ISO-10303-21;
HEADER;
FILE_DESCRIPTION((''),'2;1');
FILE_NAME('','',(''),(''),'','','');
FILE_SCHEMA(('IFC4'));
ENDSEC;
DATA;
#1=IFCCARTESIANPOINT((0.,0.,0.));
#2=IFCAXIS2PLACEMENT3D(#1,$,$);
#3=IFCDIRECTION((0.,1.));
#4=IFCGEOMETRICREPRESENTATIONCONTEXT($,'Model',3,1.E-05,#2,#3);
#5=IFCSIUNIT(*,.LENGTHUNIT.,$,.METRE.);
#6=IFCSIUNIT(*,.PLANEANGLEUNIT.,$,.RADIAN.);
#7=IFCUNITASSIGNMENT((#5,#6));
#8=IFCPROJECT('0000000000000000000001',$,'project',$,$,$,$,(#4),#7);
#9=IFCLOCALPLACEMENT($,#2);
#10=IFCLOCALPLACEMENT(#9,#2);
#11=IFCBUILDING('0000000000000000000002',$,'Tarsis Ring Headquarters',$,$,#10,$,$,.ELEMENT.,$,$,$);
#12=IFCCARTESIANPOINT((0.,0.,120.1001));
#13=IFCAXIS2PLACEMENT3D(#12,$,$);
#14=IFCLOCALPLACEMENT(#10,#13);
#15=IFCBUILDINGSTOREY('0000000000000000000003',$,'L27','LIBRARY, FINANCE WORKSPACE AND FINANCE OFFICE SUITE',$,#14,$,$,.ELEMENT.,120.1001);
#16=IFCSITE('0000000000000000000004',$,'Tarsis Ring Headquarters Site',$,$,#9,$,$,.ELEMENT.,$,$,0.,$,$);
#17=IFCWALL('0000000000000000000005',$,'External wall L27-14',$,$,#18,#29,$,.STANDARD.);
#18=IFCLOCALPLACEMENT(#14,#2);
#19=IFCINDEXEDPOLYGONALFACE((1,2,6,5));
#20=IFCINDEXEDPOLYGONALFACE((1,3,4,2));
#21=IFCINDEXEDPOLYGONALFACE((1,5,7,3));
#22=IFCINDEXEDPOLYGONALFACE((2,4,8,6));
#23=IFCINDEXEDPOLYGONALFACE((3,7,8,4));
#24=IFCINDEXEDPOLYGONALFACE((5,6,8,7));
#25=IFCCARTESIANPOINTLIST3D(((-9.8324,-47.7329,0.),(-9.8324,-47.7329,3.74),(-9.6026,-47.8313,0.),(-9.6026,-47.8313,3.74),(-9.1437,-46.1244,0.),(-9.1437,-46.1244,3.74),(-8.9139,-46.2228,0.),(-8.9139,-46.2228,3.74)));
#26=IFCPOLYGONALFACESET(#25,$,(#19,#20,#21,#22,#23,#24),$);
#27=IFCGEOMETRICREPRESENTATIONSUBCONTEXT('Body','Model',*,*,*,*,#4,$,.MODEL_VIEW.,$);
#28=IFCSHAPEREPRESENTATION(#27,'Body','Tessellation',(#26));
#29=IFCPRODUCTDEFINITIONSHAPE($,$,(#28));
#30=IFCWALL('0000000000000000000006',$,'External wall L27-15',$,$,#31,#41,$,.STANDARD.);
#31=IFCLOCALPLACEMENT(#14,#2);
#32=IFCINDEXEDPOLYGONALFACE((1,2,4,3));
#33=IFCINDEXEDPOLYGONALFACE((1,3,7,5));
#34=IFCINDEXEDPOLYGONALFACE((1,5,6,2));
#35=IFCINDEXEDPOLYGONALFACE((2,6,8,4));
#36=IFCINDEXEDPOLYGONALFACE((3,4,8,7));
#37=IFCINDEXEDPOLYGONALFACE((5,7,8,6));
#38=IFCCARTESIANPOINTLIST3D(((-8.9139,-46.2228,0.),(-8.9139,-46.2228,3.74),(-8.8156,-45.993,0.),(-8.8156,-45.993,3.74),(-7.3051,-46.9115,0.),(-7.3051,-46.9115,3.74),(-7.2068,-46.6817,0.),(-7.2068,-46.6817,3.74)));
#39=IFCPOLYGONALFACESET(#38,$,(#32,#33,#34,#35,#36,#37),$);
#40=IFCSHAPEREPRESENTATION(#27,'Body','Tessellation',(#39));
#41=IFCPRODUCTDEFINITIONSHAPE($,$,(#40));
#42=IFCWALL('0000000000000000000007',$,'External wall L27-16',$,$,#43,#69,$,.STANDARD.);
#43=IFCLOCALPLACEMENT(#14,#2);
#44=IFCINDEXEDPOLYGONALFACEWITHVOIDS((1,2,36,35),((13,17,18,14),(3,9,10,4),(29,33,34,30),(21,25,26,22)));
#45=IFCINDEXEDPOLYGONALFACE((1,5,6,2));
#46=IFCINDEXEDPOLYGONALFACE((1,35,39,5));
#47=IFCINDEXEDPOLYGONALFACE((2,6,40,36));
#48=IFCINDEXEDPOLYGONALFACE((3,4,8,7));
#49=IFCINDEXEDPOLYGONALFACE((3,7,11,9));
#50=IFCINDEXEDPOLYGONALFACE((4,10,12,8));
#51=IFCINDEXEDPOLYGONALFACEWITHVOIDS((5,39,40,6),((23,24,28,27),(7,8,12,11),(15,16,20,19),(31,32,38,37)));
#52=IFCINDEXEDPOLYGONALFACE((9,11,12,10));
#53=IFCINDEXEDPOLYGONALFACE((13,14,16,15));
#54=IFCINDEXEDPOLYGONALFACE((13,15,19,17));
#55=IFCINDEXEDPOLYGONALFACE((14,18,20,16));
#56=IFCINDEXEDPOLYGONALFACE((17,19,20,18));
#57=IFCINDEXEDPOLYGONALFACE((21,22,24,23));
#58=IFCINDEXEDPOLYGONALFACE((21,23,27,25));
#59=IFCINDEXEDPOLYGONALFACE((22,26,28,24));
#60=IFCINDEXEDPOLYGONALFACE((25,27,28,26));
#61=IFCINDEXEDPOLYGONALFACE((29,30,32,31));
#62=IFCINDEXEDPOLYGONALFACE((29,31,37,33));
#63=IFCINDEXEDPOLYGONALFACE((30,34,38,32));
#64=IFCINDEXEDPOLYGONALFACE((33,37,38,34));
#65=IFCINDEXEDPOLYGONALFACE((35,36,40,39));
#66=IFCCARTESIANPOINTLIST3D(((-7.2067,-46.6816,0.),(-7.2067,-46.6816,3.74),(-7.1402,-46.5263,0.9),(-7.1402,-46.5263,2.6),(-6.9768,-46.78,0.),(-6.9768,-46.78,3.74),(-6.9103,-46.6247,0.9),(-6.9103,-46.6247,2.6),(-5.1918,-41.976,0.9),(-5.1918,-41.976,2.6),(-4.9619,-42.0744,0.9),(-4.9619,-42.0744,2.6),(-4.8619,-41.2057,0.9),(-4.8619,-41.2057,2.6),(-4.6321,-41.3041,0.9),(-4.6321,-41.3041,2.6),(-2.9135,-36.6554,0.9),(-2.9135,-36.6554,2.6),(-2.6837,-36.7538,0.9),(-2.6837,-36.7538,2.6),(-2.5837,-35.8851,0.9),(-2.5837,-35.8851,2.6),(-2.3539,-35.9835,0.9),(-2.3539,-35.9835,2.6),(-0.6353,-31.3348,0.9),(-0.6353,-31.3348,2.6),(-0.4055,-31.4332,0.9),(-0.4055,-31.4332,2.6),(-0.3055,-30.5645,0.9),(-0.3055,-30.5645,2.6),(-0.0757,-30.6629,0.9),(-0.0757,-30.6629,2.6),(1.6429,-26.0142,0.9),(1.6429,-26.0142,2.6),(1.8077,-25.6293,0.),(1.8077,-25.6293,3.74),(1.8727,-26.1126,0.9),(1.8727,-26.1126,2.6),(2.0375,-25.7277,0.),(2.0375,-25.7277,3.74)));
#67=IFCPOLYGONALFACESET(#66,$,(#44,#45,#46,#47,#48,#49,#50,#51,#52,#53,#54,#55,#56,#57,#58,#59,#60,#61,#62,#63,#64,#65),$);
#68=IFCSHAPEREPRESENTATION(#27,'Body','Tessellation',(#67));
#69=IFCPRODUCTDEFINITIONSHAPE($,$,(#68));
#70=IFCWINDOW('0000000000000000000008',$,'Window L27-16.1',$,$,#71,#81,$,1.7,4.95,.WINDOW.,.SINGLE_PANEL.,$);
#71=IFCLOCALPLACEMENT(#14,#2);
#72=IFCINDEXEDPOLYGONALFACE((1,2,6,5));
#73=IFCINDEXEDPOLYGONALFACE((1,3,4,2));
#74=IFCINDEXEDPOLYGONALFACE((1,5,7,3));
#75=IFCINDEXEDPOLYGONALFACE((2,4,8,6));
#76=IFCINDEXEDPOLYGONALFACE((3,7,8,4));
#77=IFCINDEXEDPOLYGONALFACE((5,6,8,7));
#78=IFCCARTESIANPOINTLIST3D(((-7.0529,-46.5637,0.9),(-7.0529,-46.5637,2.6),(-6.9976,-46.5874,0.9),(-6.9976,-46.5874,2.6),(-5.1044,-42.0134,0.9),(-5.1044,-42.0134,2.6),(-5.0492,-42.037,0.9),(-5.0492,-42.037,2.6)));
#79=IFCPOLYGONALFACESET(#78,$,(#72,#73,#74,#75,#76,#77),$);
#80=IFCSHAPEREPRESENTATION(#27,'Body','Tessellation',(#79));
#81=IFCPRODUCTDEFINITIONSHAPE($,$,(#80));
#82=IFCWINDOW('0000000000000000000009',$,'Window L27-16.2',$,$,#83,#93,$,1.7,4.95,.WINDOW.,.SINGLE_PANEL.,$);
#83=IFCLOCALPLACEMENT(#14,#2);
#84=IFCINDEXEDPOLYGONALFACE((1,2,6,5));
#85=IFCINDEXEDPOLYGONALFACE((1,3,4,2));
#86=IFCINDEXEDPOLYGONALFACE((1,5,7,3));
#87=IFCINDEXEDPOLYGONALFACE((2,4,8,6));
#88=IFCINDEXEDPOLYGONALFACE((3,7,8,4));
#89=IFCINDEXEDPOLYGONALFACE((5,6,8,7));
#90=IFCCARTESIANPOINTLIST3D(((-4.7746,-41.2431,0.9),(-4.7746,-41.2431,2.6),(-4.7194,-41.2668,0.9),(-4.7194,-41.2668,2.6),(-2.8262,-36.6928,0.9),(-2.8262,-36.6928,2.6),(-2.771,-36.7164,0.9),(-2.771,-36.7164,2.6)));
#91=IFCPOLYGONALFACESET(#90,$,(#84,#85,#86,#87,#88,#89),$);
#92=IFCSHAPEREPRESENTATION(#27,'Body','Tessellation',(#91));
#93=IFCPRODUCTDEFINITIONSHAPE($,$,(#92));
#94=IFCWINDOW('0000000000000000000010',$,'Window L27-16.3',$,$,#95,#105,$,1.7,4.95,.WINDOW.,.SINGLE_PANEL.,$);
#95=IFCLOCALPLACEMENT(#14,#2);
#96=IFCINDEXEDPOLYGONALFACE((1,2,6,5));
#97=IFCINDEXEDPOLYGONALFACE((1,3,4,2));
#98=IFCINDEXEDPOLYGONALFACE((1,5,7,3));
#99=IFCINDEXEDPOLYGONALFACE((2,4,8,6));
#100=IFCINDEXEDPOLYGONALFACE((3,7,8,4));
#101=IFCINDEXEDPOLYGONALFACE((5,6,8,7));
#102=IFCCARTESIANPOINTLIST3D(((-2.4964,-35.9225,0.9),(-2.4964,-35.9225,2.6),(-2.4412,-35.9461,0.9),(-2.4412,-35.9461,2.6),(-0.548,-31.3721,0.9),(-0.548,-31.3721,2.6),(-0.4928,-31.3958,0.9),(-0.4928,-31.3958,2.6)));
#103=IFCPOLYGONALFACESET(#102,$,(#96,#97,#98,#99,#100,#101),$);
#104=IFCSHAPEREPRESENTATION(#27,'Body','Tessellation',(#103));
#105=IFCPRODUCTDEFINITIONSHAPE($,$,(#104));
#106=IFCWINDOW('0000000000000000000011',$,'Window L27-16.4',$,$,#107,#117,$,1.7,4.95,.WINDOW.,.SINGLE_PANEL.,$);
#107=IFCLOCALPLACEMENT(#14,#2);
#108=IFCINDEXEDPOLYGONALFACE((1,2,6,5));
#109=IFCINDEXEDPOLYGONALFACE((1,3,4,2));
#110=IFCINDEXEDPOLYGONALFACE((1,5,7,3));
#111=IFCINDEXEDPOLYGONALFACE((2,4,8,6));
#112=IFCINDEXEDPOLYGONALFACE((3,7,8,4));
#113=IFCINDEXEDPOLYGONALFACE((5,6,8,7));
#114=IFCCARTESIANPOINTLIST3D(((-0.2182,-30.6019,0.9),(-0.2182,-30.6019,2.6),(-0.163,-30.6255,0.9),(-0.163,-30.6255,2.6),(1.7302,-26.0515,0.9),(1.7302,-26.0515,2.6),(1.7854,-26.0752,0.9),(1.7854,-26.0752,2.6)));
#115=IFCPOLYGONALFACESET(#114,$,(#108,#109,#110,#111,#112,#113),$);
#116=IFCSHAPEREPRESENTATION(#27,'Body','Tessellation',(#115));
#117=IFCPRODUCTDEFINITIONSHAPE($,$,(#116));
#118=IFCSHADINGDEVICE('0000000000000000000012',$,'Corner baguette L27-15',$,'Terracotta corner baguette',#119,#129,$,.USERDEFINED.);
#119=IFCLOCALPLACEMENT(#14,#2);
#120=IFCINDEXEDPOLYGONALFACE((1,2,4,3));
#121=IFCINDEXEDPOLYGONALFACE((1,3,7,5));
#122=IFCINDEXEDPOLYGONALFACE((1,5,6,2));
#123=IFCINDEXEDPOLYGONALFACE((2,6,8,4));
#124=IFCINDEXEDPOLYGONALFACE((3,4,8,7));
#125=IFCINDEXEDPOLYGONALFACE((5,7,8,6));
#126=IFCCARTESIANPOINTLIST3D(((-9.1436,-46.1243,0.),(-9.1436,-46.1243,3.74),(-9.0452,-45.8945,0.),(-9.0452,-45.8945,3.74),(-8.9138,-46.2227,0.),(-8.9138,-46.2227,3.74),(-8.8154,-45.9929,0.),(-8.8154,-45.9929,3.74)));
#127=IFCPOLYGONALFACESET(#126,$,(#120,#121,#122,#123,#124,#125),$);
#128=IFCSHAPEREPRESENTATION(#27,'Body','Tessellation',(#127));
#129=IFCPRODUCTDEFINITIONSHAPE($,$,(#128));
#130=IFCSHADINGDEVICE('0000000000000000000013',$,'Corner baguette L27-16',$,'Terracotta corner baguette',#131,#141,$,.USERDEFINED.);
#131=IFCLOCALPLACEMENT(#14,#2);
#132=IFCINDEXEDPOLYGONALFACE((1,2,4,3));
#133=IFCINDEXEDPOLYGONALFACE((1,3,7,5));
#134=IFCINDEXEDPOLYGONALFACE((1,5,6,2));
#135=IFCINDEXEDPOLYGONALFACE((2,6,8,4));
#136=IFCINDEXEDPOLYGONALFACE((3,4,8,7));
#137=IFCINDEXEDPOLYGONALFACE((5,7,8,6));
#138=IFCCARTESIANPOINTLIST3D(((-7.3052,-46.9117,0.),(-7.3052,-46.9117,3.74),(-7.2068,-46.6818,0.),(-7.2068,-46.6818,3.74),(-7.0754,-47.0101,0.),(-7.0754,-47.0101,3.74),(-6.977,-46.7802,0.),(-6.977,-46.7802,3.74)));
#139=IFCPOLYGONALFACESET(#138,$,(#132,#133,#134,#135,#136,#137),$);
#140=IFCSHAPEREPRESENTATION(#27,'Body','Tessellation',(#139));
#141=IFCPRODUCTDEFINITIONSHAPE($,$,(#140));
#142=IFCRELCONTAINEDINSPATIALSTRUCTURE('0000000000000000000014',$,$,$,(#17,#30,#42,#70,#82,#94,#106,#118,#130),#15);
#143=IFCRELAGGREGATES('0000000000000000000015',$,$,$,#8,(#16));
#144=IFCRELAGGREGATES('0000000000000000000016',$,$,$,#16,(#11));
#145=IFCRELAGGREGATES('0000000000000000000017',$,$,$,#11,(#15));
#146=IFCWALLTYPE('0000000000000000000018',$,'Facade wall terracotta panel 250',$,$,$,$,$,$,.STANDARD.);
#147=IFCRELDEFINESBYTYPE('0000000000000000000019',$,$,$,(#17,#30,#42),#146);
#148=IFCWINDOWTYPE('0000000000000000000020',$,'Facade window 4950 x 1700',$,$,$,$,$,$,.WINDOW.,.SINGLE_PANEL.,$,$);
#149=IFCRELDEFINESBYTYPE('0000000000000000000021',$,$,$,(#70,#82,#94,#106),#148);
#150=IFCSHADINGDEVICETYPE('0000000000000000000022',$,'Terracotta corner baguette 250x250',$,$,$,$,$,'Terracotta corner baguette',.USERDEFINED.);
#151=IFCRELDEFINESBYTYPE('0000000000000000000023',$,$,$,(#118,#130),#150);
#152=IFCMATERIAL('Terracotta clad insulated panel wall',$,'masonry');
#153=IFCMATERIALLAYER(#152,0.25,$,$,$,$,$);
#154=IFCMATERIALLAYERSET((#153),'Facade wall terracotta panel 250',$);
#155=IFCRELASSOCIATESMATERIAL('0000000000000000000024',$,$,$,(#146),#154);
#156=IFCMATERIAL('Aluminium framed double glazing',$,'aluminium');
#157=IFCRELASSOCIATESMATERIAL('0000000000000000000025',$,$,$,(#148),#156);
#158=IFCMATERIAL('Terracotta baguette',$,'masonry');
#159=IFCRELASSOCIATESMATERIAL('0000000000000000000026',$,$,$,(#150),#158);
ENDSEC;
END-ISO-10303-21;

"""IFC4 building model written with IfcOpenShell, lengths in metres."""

from ifc_helpers import new_model, si_unit, direction, frame, frame_2d, origin, origin_2d, place, context, subcontext, project, spatial, rectangle, extrude, material, layer, layer_set, type_object, element, fill, save


model = new_model("IFC4")

# Units and contexts
model_context = context("Model", 3, precision=1e-05, world=origin(), true_north=direction((0.0, 1.0)))
body_context = subcontext(model_context, "Body", "Model", "MODEL_VIEW")
ifc_project = project(units=[si_unit("LENGTHUNIT", "METRE"), si_unit("PLANEANGLEUNIT", "RADIAN")], contexts=[model_context])

# Site, building, storey
site_placement = place(None, origin())
site = spatial("IfcSite", under=ifc_project, at=site_placement, Name="Tarsis Ring Headquarters Site", CompositionType="ELEMENT", RefElevation=0.0)
building_placement = place(site_placement, origin())
building = spatial("IfcBuilding", under=site, at=building_placement, Name="Tarsis Ring Headquarters", CompositionType="ELEMENT")
storey_placement = place(building_placement, frame((0.0, 0.0, 120.1001)))
storey = spatial("IfcBuildingStorey", under=building, at=storey_placement, Name="L27", Description="LIBRARY, FINANCE WORKSPACE AND FINANCE OFFICE SUITE", CompositionType="ELEMENT", Elevation=120.1001)

# Walls
ifc_material_1 = material(Name="Terracotta clad insulated panel wall", Category="masonry")
ifc_layer_1 = layer(ifc_material_1, 0.25)
ifc_layer_set_1 = layer_set([ifc_layer_1], Name="Facade wall terracotta panel 250")
wall_type_1 = type_object("IfcWallType", Name="Facade wall terracotta panel 250", PredefinedType="STANDARD", material=ifc_layer_set_1)
wall_1_placement = place(storey_placement, frame((-9.7175, -47.7822, 0.0), z_axis=(0.0, 0.0, 1.0), x_axis=(0.393583, 0.919289, 0.0)))
element("IfcWall", 1, at=wall_1_placement, inside=storey, type_object=wall_type_1, Name="External wall L27-14", PredefinedType="STANDARD", context=body_context, shape_type="SweptSolid", body=[
    extrude(rectangle(XDim=1.7498, YDim=0.25, at=frame_2d((0.875, 0.0))), origin(), (0.0, 0.0, 1.0), 3.74),
])
wall_2_placement = place(storey_placement, frame((-8.8647, -46.1079, 0.0), z_axis=(0.0, 0.0, 1.0), x_axis=(0.919311, -0.393532, 0.0)))
element("IfcWall", 2, at=wall_2_placement, inside=storey, type_object=wall_type_1, Name="External wall L27-15", PredefinedType="STANDARD", context=body_context, shape_type="SweptSolid", body=[
    extrude(rectangle(XDim=1.75, YDim=0.25, at=frame_2d((0.875, 0.0))), origin(), (0.0, 0.0, 1.0), 3.74),
])

# Wall, openings, windows
wall_3_placement = place(storey_placement, frame((-7.0918, -46.731, 0.0), z_axis=(0.0, 0.0, 1.0), x_axis=(0.393621, 0.919273, 0.0)))
wall_3 = element("IfcWall", 3, at=wall_3_placement, inside=storey, type_object=wall_type_1, Name="External wall L27-16", PredefinedType="STANDARD", context=body_context, shape_type="SweptSolid", body=[
    extrude(rectangle(XDim=22.9011, YDim=0.25, at=frame_2d((11.4507, 0.0))), origin(), (0.0, 0.0, 1.0), 3.74),
])
opening_1_placement = place(wall_3_placement, frame((0.1689, 0.0, 0.8999)))
opening_1 = element("IfcOpeningElement", 4, at=opening_1_placement, cuts=wall_3, PredefinedType="OPENING", context=body_context, shape_type="SweptSolid", body=[
    extrude(rectangle(XDim=4.95, YDim=1.7, at=frame_2d((2.4751, 0.8501))), frame((0.0, 0.135, 0.0), z_axis=(0.0, -1.0, 0.0), x_axis=(1.0, 0.0, 0.0)), (0.0, 0.0, 1.0), 0.27),
])
opening_2_placement = place(wall_3_placement, frame((5.9568, 0.0, 0.8999)))
opening_2 = element("IfcOpeningElement", 5, at=opening_2_placement, cuts=wall_3, PredefinedType="OPENING", context=body_context, shape_type="SweptSolid", body=[
    extrude(rectangle(XDim=4.95, YDim=1.7, at=frame_2d((2.4751, 0.8501))), frame((0.0, 0.135, 0.0), z_axis=(0.0, -1.0, 0.0), x_axis=(1.0, 0.0, 0.0)), (0.0, 0.0, 1.0), 0.27),
])
opening_3_placement = place(wall_3_placement, frame((11.7446, 0.0, 0.8999)))
opening_3 = element("IfcOpeningElement", 6, at=opening_3_placement, cuts=wall_3, PredefinedType="OPENING", context=body_context, shape_type="SweptSolid", body=[
    extrude(rectangle(XDim=4.95, YDim=1.7, at=frame_2d((2.4751, 0.8501))), frame((0.0, 0.135, 0.0), z_axis=(0.0, -1.0, 0.0), x_axis=(1.0, 0.0, 0.0)), (0.0, 0.0, 1.0), 0.27),
])
opening_4_placement = place(wall_3_placement, frame((17.5325, 0.0, 0.8999)))
opening_4 = element("IfcOpeningElement", 7, at=opening_4_placement, cuts=wall_3, PredefinedType="OPENING", context=body_context, shape_type="SweptSolid", body=[
    extrude(rectangle(XDim=4.95, YDim=1.7, at=frame_2d((2.4751, 0.8501))), frame((0.0, 0.135, 0.0), z_axis=(0.0, -1.0, 0.0), x_axis=(1.0, 0.0, 0.0)), (0.0, 0.0, 1.0), 0.27),
])
ifc_material_2 = material(Name="Aluminium framed double glazing", Category="aluminium")
window_type = type_object("IfcWindowType", Name="Facade window 4950 x 1700", PartitioningType="SINGLE_PANEL", PredefinedType="WINDOW", material=ifc_material_2)
window_1_placement = place(opening_1_placement, origin())
window_1 = element("IfcWindow", 8, at=window_1_placement, inside=storey, type_object=window_type, Name="Window L27-16.1", OverallHeight=1.7, OverallWidth=4.95, PartitioningType="SINGLE_PANEL", PredefinedType="WINDOW", context=body_context, shape_type="SweptSolid", body=[
    extrude(rectangle(XDim=4.95, YDim=1.7, at=frame_2d((2.4751, 0.8501))), frame((0.0, 0.03, 0.0), z_axis=(0.0, -1.0, 0.0), x_axis=(1.0, 0.0, 0.0)), (0.0, 0.0, 1.0), 0.0601),
])
fill(opening_1, window_1)
window_2_placement = place(opening_2_placement, origin())
window_2 = element("IfcWindow", 9, at=window_2_placement, inside=storey, type_object=window_type, Name="Window L27-16.2", OverallHeight=1.7, OverallWidth=4.95, PartitioningType="SINGLE_PANEL", PredefinedType="WINDOW", context=body_context, shape_type="SweptSolid", body=[
    extrude(rectangle(XDim=4.95, YDim=1.7, at=frame_2d((2.4751, 0.8501))), frame((0.0, 0.03, 0.0), z_axis=(0.0, -1.0, 0.0), x_axis=(1.0, 0.0, 0.0)), (0.0, 0.0, 1.0), 0.0601),
])
fill(opening_2, window_2)
window_3_placement = place(opening_3_placement, origin())
window_3 = element("IfcWindow", 10, at=window_3_placement, inside=storey, type_object=window_type, Name="Window L27-16.3", OverallHeight=1.7, OverallWidth=4.95, PartitioningType="SINGLE_PANEL", PredefinedType="WINDOW", context=body_context, shape_type="SweptSolid", body=[
    extrude(rectangle(XDim=4.95, YDim=1.7, at=frame_2d((2.4751, 0.8501))), frame((0.0, 0.03, 0.0), z_axis=(0.0, -1.0, 0.0), x_axis=(1.0, 0.0, 0.0)), (0.0, 0.0, 1.0), 0.0601),
])
fill(opening_3, window_3)
window_4_placement = place(opening_4_placement, origin())
window_4 = element("IfcWindow", 11, at=window_4_placement, inside=storey, type_object=window_type, Name="Window L27-16.4", OverallHeight=1.7, OverallWidth=4.95, PartitioningType="SINGLE_PANEL", PredefinedType="WINDOW", context=body_context, shape_type="SweptSolid", body=[
    extrude(rectangle(XDim=4.95, YDim=1.7, at=frame_2d((2.4751, 0.8501))), frame((0.0, 0.03, 0.0), z_axis=(0.0, -1.0, 0.0), x_axis=(1.0, 0.0, 0.0)), (0.0, 0.0, 1.0), 0.0601),
])
fill(opening_4, window_4)

# Shading devices
ifc_material_3 = material(Name="Terracotta baguette", Category="masonry")
shading_device_type_1 = type_object("IfcShadingDeviceType", Name="Terracotta corner baguette 250x250", ElementType="Terracotta corner baguette", PredefinedType="USERDEFINED", material=ifc_material_3)
for number, where, z_axis, x_axis, name in (
    (12, (-8.9795, -46.0586, 0.0), (0.0, 0.0, 1.0), (0.393621, 0.919273, 0.0), "Corner baguette L27-15"),
    (13, (-7.1411, -46.8459, 0.0), (0.0, 0.0, 1.0), (0.919273, -0.393621, 0.0), "Corner baguette L27-16"),
):
    element("IfcShadingDevice", number, at=place(storey_placement, frame(where, z_axis=z_axis, x_axis=x_axis)), inside=storey, type_object=shading_device_type_1, Name=name, ObjectType="Terracotta corner baguette", PredefinedType="USERDEFINED", context=body_context, shape_type="SweptSolid", body=[
        extrude(rectangle(XDim=0.25, YDim=0.25, at=origin_2d()), origin(), (0.0, 0.0, 1.0), 3.74),
    ])

save(model, "model.ifc")
